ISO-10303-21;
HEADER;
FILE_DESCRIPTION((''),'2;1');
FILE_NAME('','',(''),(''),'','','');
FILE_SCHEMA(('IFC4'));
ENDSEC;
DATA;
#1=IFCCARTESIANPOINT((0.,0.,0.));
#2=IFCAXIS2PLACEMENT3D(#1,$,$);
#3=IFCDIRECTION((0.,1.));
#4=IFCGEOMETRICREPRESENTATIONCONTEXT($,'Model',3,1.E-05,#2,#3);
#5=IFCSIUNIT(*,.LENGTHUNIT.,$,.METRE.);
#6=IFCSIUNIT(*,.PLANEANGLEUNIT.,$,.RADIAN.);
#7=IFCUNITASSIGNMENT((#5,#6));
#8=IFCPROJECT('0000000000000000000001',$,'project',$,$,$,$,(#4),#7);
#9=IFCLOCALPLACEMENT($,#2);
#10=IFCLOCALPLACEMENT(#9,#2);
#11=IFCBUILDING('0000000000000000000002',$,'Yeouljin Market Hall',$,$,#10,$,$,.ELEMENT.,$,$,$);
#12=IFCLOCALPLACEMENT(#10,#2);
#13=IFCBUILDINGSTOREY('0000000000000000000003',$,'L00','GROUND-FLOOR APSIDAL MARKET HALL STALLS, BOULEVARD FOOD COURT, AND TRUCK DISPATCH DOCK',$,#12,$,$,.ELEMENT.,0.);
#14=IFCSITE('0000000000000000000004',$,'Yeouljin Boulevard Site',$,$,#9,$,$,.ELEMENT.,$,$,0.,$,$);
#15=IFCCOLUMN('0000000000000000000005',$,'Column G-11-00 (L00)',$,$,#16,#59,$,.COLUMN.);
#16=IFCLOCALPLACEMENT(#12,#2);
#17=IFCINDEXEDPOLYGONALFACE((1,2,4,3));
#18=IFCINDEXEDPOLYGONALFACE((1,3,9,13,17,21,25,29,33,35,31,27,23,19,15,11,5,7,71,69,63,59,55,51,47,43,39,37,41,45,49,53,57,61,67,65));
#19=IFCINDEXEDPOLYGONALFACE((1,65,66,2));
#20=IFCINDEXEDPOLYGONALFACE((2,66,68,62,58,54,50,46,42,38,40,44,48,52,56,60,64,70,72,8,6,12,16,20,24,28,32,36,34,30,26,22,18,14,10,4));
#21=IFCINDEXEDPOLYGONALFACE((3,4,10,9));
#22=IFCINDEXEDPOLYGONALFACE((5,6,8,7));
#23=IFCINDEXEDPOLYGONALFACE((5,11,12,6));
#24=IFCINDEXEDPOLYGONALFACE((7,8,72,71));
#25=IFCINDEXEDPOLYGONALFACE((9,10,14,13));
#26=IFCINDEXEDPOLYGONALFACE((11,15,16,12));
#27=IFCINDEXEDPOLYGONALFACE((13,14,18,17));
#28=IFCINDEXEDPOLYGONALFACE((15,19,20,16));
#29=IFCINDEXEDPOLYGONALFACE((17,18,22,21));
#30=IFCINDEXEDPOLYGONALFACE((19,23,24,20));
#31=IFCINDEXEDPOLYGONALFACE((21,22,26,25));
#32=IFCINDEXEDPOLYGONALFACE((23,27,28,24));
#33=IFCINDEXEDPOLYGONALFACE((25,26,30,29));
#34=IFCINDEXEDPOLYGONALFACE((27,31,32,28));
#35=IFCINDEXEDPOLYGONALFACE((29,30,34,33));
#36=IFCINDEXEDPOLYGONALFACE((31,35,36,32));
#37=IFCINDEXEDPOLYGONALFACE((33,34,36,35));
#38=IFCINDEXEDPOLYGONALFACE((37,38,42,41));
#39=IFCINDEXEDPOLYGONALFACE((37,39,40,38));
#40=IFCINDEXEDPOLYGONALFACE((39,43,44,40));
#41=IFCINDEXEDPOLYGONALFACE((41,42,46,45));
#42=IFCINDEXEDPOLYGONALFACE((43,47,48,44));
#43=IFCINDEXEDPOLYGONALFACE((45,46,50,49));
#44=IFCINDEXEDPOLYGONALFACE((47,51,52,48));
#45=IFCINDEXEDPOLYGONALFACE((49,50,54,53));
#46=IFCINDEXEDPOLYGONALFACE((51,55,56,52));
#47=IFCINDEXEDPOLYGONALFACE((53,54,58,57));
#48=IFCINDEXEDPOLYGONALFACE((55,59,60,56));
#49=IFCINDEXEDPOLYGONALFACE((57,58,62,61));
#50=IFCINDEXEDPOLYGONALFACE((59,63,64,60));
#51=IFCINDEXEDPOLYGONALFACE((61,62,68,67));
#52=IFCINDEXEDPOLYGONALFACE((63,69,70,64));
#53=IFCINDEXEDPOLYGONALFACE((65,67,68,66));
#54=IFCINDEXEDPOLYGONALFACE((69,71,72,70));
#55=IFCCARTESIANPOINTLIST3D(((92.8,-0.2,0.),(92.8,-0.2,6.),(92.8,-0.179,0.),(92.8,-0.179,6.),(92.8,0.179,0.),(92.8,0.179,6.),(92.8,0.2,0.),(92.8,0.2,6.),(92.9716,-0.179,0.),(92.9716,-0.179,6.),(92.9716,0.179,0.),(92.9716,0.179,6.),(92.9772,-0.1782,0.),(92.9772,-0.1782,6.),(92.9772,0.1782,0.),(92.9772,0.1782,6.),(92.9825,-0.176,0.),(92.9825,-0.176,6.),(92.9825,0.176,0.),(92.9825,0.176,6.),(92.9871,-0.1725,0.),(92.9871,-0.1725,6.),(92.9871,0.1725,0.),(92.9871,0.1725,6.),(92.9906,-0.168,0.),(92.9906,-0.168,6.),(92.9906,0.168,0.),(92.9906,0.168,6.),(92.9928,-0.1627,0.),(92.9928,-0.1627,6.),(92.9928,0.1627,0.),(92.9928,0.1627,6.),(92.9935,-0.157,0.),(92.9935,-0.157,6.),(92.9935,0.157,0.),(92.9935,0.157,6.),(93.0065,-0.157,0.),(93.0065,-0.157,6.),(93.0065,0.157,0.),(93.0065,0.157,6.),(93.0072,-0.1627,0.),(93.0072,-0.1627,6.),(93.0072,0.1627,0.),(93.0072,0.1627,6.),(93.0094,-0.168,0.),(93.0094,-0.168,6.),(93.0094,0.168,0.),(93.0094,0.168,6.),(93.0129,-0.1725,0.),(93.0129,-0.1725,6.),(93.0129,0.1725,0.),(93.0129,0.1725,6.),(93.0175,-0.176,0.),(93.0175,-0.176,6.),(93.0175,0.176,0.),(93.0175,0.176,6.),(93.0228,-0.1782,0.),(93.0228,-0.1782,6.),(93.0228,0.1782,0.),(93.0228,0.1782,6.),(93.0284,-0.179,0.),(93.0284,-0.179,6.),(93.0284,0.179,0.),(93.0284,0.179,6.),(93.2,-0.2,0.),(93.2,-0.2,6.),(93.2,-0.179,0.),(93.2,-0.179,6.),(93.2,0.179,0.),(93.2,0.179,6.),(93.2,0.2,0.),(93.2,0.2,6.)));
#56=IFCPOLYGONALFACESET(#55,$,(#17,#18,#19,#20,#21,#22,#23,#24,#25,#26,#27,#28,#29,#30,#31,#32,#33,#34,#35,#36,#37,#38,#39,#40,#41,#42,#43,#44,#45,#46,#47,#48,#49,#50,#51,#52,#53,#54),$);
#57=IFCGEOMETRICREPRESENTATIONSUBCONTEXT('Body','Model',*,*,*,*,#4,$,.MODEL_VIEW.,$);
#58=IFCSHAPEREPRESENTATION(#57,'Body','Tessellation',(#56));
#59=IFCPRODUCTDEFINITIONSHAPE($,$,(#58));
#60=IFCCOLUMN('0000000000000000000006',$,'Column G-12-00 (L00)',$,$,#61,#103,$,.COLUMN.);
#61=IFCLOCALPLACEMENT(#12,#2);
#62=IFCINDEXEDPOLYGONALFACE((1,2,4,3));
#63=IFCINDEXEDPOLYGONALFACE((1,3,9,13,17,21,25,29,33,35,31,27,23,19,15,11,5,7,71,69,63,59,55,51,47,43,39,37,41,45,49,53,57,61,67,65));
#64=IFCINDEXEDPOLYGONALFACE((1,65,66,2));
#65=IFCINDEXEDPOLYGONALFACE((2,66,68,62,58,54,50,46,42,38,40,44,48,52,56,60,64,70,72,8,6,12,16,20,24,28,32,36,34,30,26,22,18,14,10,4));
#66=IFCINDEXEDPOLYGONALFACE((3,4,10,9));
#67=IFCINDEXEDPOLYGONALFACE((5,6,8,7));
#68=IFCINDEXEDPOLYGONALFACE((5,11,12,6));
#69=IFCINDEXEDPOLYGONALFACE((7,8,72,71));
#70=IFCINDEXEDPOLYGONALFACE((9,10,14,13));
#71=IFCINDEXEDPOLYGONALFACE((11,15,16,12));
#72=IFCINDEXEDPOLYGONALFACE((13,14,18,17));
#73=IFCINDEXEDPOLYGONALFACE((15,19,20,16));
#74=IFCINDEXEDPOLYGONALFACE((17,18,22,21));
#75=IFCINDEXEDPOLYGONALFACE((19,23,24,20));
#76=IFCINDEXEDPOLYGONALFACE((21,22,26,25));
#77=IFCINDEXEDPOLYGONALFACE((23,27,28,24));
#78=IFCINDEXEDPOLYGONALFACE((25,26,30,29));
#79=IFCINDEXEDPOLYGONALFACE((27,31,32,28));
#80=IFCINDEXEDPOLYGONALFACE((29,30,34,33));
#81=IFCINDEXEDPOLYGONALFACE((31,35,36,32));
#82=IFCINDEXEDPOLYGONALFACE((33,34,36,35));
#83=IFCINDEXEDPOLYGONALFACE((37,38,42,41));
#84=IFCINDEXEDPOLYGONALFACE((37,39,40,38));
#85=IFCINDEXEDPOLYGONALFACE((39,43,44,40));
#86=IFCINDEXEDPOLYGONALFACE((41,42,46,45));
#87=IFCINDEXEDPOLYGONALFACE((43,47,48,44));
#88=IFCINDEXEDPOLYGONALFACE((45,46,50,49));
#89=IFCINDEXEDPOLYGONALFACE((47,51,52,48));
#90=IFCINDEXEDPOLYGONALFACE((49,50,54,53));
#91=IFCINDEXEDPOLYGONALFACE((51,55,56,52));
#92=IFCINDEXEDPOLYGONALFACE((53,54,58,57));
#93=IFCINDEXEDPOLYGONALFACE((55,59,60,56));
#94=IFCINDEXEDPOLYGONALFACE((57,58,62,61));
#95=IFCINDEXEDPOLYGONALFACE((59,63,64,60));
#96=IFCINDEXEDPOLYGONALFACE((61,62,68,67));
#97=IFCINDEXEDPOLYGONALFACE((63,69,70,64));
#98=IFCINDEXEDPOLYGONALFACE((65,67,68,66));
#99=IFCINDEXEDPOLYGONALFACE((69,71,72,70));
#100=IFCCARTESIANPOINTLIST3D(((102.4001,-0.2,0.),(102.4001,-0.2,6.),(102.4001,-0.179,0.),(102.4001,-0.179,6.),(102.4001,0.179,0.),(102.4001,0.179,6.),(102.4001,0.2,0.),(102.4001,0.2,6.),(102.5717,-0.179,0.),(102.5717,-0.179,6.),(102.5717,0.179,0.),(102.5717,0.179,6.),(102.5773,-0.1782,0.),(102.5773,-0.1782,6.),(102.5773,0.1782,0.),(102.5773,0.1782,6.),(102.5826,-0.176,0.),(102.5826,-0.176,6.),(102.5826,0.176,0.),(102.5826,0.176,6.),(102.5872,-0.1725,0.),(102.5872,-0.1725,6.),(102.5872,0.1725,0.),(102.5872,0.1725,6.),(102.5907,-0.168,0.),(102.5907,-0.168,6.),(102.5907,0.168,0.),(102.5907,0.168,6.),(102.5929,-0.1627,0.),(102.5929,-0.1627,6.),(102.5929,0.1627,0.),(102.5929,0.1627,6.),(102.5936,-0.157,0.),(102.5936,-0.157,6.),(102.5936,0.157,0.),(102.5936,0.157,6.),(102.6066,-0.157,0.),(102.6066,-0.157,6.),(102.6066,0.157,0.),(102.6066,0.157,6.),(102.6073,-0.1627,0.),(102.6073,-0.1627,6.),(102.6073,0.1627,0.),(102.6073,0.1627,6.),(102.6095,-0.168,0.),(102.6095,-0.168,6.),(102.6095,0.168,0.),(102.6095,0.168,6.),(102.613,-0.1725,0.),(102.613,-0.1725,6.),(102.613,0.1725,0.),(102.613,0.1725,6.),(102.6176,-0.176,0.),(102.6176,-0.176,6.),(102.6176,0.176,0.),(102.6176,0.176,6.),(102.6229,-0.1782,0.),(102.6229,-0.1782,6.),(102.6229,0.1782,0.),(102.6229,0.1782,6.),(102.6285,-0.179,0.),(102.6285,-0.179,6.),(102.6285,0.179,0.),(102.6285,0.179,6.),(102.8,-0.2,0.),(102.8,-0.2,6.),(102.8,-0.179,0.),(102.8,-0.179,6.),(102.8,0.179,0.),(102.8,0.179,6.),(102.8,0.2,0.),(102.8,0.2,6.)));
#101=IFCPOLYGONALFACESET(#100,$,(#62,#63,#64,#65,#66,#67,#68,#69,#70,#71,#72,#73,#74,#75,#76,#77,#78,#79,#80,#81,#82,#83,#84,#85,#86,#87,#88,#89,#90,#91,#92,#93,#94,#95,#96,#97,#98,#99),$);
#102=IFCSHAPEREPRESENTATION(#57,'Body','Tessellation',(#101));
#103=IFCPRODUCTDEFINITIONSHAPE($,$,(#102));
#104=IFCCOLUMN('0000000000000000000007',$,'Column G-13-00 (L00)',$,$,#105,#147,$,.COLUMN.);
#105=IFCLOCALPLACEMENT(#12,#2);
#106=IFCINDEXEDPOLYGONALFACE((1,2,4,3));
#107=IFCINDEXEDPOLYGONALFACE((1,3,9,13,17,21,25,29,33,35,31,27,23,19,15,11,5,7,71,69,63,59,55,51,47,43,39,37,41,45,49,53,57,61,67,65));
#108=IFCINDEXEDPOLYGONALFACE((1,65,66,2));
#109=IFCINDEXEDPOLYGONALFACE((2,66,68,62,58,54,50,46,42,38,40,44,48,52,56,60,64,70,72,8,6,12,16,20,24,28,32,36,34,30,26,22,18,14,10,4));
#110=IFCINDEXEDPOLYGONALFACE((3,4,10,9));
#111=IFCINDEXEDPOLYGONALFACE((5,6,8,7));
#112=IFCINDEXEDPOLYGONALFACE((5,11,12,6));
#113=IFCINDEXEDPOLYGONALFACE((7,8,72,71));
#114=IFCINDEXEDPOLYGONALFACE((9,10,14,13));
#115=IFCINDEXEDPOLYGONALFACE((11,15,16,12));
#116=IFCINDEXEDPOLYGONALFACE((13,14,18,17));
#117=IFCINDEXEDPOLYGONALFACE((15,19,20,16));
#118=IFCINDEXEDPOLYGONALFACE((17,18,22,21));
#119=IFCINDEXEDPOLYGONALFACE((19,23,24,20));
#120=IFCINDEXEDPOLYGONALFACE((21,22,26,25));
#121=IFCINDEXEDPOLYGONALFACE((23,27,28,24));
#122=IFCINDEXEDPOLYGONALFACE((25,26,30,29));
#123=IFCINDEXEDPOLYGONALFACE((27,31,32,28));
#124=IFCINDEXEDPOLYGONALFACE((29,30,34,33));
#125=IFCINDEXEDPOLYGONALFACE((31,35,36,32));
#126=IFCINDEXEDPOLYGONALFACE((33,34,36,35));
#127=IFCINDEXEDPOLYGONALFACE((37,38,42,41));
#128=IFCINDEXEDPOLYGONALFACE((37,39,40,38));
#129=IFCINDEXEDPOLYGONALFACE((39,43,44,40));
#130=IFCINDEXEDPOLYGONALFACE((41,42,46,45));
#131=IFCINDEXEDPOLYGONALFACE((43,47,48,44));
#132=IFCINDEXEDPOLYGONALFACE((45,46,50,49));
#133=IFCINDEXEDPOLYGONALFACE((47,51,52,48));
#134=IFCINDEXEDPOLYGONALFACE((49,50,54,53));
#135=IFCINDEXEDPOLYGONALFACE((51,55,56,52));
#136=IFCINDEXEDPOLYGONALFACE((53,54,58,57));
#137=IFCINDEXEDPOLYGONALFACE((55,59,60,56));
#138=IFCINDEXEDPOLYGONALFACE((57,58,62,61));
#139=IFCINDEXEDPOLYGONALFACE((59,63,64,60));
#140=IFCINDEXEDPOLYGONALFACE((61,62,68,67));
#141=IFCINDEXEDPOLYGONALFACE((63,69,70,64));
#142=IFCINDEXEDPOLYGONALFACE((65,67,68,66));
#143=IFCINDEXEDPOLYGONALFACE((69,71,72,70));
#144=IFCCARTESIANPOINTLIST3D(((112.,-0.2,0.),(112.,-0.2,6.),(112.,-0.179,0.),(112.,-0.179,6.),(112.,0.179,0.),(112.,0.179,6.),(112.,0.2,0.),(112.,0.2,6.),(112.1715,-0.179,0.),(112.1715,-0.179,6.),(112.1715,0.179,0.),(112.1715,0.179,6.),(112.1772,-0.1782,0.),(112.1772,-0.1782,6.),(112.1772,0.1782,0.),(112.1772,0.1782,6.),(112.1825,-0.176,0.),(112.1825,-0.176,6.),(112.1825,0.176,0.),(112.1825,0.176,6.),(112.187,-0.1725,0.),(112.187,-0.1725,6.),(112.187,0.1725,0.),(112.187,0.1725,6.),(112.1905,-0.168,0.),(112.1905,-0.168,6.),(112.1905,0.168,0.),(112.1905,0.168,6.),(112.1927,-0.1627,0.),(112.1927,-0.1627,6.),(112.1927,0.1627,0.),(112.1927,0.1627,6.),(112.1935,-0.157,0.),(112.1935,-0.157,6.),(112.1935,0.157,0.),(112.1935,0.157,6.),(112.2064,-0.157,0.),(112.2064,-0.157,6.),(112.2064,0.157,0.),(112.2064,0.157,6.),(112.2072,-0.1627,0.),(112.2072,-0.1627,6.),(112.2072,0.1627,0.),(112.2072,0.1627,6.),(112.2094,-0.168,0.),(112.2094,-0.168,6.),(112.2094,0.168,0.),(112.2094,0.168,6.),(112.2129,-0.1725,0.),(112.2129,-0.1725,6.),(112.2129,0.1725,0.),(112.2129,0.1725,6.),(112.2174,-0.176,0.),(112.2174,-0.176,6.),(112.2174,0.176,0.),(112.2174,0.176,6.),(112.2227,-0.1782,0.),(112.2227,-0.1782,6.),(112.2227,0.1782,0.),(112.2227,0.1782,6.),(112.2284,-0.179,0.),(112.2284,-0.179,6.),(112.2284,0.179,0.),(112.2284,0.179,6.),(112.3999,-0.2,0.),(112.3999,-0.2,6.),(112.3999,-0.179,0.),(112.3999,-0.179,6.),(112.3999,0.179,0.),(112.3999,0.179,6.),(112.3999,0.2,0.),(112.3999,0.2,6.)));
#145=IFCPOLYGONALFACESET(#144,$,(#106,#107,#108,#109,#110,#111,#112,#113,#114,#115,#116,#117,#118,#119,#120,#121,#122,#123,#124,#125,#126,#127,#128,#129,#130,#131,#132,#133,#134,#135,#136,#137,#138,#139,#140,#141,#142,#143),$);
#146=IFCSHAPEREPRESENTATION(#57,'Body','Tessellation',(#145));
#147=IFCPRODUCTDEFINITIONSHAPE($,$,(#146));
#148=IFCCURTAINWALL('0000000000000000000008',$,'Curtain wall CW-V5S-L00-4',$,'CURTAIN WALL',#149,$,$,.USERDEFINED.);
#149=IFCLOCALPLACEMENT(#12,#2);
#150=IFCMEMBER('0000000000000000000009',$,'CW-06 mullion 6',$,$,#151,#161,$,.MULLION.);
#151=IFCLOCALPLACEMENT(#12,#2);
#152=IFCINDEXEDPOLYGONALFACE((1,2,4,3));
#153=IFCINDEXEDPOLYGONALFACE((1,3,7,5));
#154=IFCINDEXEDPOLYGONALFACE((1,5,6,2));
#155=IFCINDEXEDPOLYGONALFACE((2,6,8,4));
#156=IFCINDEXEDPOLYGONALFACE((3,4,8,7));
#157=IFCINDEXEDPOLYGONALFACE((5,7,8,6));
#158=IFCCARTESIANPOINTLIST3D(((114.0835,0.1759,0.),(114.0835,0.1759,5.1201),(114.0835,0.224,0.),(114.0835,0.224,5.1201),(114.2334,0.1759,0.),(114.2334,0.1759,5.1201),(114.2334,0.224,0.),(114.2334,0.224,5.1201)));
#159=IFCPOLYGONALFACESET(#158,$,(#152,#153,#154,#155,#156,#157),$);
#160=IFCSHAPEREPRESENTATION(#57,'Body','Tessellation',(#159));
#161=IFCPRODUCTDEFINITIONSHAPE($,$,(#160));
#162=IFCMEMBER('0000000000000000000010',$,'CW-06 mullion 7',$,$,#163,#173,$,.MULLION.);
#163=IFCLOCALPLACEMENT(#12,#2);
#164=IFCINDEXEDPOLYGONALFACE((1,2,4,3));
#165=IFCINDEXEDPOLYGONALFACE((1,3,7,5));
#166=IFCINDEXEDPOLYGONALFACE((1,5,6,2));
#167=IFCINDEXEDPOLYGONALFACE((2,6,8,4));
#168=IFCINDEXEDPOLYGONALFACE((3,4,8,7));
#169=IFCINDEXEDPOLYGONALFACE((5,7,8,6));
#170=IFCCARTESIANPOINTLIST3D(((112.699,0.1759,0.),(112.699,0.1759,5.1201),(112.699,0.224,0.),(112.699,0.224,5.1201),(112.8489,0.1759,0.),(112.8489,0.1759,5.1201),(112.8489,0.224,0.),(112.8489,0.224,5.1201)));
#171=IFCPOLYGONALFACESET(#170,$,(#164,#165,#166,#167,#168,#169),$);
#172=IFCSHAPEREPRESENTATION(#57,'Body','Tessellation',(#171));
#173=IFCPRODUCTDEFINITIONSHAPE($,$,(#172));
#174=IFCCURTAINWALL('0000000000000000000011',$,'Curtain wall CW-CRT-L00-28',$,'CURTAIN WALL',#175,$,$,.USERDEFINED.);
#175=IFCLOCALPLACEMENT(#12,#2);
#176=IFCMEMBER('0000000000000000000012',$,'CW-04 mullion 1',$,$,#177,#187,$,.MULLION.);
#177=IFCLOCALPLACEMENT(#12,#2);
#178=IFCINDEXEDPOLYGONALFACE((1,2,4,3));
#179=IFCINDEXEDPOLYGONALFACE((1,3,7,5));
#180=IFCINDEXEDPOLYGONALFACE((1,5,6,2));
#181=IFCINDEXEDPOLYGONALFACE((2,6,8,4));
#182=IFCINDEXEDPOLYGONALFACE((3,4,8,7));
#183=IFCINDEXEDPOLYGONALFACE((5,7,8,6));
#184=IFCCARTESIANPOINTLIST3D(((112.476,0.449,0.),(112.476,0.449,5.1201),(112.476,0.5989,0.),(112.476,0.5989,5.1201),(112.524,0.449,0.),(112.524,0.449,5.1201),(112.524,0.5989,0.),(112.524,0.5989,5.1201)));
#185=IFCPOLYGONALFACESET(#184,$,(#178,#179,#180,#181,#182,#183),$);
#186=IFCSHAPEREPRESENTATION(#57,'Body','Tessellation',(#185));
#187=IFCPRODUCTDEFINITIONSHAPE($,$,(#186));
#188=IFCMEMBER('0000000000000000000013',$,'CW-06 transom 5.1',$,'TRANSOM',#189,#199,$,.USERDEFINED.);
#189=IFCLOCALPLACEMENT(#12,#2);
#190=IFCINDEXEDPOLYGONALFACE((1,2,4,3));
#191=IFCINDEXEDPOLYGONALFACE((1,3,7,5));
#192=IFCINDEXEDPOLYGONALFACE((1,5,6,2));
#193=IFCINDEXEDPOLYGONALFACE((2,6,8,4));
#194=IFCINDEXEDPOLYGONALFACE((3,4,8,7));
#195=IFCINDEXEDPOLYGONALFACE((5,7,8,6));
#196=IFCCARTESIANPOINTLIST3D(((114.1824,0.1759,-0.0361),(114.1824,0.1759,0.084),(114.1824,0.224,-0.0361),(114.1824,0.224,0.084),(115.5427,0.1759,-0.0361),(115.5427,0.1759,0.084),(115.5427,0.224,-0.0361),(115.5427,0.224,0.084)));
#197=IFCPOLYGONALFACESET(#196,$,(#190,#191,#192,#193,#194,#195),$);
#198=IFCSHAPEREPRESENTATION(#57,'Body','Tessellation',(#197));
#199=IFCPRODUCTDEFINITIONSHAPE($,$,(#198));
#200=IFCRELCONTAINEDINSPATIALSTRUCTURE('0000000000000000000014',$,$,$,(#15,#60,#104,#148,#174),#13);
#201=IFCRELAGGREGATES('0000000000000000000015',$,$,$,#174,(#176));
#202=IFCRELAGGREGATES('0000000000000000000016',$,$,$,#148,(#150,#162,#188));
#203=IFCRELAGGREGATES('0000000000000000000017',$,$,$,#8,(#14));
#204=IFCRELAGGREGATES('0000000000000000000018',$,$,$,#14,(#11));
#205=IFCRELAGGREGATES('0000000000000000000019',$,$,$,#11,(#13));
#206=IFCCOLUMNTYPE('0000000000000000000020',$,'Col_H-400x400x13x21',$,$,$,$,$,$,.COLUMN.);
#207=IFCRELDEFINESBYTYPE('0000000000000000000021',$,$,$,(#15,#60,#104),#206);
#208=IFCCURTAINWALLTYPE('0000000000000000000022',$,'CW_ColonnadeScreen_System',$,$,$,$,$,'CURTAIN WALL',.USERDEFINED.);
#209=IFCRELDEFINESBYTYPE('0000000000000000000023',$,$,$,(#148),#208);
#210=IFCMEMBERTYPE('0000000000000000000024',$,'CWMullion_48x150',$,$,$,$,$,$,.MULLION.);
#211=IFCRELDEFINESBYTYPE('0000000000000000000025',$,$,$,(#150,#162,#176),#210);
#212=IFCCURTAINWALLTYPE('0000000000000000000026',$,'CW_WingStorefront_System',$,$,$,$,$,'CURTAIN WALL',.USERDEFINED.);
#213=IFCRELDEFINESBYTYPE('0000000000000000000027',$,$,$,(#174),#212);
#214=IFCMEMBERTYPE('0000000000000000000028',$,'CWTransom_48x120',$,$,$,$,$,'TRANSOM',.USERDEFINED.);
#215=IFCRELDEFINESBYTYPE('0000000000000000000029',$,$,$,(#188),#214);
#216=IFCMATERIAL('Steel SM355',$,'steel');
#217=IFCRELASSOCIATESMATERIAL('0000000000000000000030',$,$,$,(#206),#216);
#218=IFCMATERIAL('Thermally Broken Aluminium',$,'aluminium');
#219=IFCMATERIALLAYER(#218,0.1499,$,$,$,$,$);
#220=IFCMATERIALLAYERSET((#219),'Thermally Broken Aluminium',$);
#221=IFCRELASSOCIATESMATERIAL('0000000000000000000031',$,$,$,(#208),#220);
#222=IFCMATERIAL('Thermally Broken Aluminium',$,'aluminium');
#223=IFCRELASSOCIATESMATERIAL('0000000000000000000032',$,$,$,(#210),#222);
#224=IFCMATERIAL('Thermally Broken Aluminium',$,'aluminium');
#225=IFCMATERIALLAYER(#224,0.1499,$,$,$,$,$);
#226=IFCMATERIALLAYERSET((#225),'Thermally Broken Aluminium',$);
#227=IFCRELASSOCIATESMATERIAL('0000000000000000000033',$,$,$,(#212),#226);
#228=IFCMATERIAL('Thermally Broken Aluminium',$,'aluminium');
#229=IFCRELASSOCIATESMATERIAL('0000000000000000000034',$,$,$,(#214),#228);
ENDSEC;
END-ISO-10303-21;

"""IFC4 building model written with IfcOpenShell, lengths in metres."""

from ifc_helpers import new_model, si_unit, direction, frame, origin, origin_2d, place, context, subcontext, project, spatial, rectangle, i_section, extrude, material, layer, layer_set, material_profile, profile_set, type_object, element, aggregate, save


model = new_model("IFC4")

# Units and contexts
model_context = context("Model", 3, precision=1e-05, world=origin(), true_north=direction((0.0, 1.0)))
body_context = subcontext(model_context, "Body", "Model", "MODEL_VIEW")
ifc_project = project(units=[si_unit("LENGTHUNIT", "METRE"), si_unit("PLANEANGLEUNIT", "RADIAN")], contexts=[model_context])

# Site, building, storey
site_placement = place(None, origin())
site = spatial("IfcSite", under=ifc_project, at=site_placement, Name="Yeouljin Boulevard Site", CompositionType="ELEMENT", RefElevation=0.0)
building_placement = place(site_placement, origin())
building = spatial("IfcBuilding", under=site, at=building_placement, Name="Yeouljin Market Hall", CompositionType="ELEMENT")
storey_placement = place(building_placement, origin())
storey = spatial("IfcBuildingStorey", under=building, at=storey_placement, Name="L00", Description="GROUND-FLOOR APSIDAL MARKET HALL STALLS, BOULEVARD FOOD COURT, AND TRUCK DISPATCH DOCK", CompositionType="ELEMENT", Elevation=0.0)

# Columns
ifc_material_1 = material(Name="Steel SM355", Category="steel")
ifc_material_profile_1 = material_profile(ifc_material_1, i_section(OverallWidth=0.3999, OverallDepth=0.3999, WebThickness=0.0129, FlangeThickness=0.021, FilletRadius=0.022, at=origin_2d()), Name="H-400x400x13x21")
ifc_profile_set_1 = profile_set([ifc_material_profile_1], Name="Steel SM355")
column_type = type_object("IfcColumnType", Name="Col_H-400x400x13x21", PredefinedType="COLUMN", material=ifc_profile_set_1)
for number, where, z_axis, x_axis, name in (
    (1, (93.0, 0.0, 0.0), (0.0, 0.0, 1.0), (1.0, 0.0, 0.0), "Column G-11-00 (L00)"),
    (2, (102.6001, 0.0, 0.0), (0.0, 0.0, 1.0), (1.0, 0.0, 0.0), "Column G-12-00 (L00)"),
    (3, (112.2, 0.0, 0.0), (0.0, 0.0, 1.0), (1.0, 0.0, 0.0), "Column G-13-00 (L00)"),
):
    element("IfcColumn", number, at=place(storey_placement, frame(where, z_axis=z_axis, x_axis=x_axis)), inside=storey, type_object=column_type, Name=name, PredefinedType="COLUMN", context=body_context, shape_type="SweptSolid", body=[
        extrude(i_section(OverallWidth=0.3999, OverallDepth=0.3999, WebThickness=0.0129, FlangeThickness=0.021, FilletRadius=0.022, at=origin_2d()), origin(), (0.0, 0.0, 1.0), 6.0),
    ])

# Curtain wall, members
ifc_material_2 = material(Name="Thermally Broken Aluminium", Category="aluminium")
ifc_layer_1 = layer(ifc_material_2, 0.1499)
ifc_layer_set_1 = layer_set([ifc_layer_1], Name="Thermally Broken Aluminium")
curtain_wall_type_1 = type_object("IfcCurtainWallType", Name="CW_ColonnadeScreen_System", ElementType="CURTAIN WALL", PredefinedType="USERDEFINED", material=ifc_layer_set_1)
curtain_wall_1_placement = place(storey_placement, origin())
curtain_wall_1 = element("IfcCurtainWall", 4, at=curtain_wall_1_placement, inside=storey, type_object=curtain_wall_type_1, Name="Curtain wall CW-V5S-L00-4", ObjectType="CURTAIN WALL", PredefinedType="USERDEFINED")
ifc_material_3 = material(Name="Thermally Broken Aluminium", Category="aluminium")
ifc_material_profile_2 = material_profile(ifc_material_3, rectangle(XDim=0.0481, YDim=0.1499, at=origin_2d()), Name="CW-MULL-48x150")
ifc_profile_set_2 = profile_set([ifc_material_profile_2], Name="Thermally Broken Aluminium")
member_type_1 = type_object("IfcMemberType", Name="CWMullion_48x150", PredefinedType="MULLION", material=ifc_profile_set_2)
member_1_placement = place(storey_placement, frame((114.1584, 0.2, 0.0), z_axis=(0.0, 0.0, 1.0), x_axis=(0.0, -1.0, 0.0)))
member_1 = element("IfcMember", 5, at=member_1_placement, type_object=member_type_1, Name="CW-06 mullion 6", PredefinedType="MULLION", context=body_context, shape_type="SweptSolid", body=[
    extrude(rectangle(XDim=0.0481, YDim=0.1499, at=origin_2d()), origin(), (0.0, 0.0, 1.0), 5.1201),
])
member_2_placement = place(storey_placement, frame((112.7739, 0.2, 0.0), z_axis=(0.0, 0.0, 1.0), x_axis=(0.0, -1.0, 0.0)))
member_2 = element("IfcMember", 6, at=member_2_placement, type_object=member_type_1, Name="CW-06 mullion 7", PredefinedType="MULLION", context=body_context, shape_type="SweptSolid", body=[
    extrude(rectangle(XDim=0.0481, YDim=0.1499, at=origin_2d()), origin(), (0.0, 0.0, 1.0), 5.1201),
])

# Curtain wall, member
ifc_material_4 = material(Name="Thermally Broken Aluminium", Category="aluminium")
ifc_layer_2 = layer(ifc_material_4, 0.1499)
ifc_layer_set_2 = layer_set([ifc_layer_2], Name="Thermally Broken Aluminium")
curtain_wall_type_2 = type_object("IfcCurtainWallType", Name="CW_WingStorefront_System", ElementType="CURTAIN WALL", PredefinedType="USERDEFINED", material=ifc_layer_set_2)
curtain_wall_2_placement = place(storey_placement, origin())
curtain_wall_2 = element("IfcCurtainWall", 7, at=curtain_wall_2_placement, inside=storey, type_object=curtain_wall_type_2, Name="Curtain wall CW-CRT-L00-28", ObjectType="CURTAIN WALL", PredefinedType="USERDEFINED")
member_3_placement = place(storey_placement, frame((112.5, 0.5239, 0.0), z_axis=(0.0, 0.0, 1.0), x_axis=(-1.0, 0.0, 0.0)))
member_3 = element("IfcMember", 8, at=member_3_placement, type_object=member_type_1, Name="CW-04 mullion 1", PredefinedType="MULLION", context=body_context, shape_type="SweptSolid", body=[
    extrude(rectangle(XDim=0.0481, YDim=0.1499, at=origin_2d()), origin(), (0.0, 0.0, 1.0), 5.1201),
])

# Member
ifc_material_5 = material(Name="Thermally Broken Aluminium", Category="aluminium")
ifc_material_profile_3 = material_profile(ifc_material_5, rectangle(XDim=0.0481, YDim=0.1201, at=origin_2d()), Name="CW-TRAN-48x120")
ifc_profile_set_3 = profile_set([ifc_material_profile_3], Name="Thermally Broken Aluminium")
member_type_2 = type_object("IfcMemberType", Name="CWTransom_48x120", ElementType="TRANSOM", PredefinedType="USERDEFINED", material=ifc_profile_set_3)
member_4_placement = place(storey_placement, frame((115.5427, 0.2, 0.0239), z_axis=(-1.0, 0.0, 0.0), x_axis=(0.0, -1.0, 0.0)))
member_4 = element("IfcMember", 9, at=member_4_placement, type_object=member_type_2, Name="CW-06 transom 5.1", ObjectType="TRANSOM", PredefinedType="USERDEFINED", context=body_context, shape_type="SweptSolid", body=[
    extrude(rectangle(XDim=0.0481, YDim=0.1201, at=origin_2d()), origin(), (0.0, 0.0, 1.0), 1.3604),
])
aggregate(curtain_wall_2, [member_3])

aggregate(curtain_wall_1, [member_1, member_2, member_4])

save(model, "model.ifc")
